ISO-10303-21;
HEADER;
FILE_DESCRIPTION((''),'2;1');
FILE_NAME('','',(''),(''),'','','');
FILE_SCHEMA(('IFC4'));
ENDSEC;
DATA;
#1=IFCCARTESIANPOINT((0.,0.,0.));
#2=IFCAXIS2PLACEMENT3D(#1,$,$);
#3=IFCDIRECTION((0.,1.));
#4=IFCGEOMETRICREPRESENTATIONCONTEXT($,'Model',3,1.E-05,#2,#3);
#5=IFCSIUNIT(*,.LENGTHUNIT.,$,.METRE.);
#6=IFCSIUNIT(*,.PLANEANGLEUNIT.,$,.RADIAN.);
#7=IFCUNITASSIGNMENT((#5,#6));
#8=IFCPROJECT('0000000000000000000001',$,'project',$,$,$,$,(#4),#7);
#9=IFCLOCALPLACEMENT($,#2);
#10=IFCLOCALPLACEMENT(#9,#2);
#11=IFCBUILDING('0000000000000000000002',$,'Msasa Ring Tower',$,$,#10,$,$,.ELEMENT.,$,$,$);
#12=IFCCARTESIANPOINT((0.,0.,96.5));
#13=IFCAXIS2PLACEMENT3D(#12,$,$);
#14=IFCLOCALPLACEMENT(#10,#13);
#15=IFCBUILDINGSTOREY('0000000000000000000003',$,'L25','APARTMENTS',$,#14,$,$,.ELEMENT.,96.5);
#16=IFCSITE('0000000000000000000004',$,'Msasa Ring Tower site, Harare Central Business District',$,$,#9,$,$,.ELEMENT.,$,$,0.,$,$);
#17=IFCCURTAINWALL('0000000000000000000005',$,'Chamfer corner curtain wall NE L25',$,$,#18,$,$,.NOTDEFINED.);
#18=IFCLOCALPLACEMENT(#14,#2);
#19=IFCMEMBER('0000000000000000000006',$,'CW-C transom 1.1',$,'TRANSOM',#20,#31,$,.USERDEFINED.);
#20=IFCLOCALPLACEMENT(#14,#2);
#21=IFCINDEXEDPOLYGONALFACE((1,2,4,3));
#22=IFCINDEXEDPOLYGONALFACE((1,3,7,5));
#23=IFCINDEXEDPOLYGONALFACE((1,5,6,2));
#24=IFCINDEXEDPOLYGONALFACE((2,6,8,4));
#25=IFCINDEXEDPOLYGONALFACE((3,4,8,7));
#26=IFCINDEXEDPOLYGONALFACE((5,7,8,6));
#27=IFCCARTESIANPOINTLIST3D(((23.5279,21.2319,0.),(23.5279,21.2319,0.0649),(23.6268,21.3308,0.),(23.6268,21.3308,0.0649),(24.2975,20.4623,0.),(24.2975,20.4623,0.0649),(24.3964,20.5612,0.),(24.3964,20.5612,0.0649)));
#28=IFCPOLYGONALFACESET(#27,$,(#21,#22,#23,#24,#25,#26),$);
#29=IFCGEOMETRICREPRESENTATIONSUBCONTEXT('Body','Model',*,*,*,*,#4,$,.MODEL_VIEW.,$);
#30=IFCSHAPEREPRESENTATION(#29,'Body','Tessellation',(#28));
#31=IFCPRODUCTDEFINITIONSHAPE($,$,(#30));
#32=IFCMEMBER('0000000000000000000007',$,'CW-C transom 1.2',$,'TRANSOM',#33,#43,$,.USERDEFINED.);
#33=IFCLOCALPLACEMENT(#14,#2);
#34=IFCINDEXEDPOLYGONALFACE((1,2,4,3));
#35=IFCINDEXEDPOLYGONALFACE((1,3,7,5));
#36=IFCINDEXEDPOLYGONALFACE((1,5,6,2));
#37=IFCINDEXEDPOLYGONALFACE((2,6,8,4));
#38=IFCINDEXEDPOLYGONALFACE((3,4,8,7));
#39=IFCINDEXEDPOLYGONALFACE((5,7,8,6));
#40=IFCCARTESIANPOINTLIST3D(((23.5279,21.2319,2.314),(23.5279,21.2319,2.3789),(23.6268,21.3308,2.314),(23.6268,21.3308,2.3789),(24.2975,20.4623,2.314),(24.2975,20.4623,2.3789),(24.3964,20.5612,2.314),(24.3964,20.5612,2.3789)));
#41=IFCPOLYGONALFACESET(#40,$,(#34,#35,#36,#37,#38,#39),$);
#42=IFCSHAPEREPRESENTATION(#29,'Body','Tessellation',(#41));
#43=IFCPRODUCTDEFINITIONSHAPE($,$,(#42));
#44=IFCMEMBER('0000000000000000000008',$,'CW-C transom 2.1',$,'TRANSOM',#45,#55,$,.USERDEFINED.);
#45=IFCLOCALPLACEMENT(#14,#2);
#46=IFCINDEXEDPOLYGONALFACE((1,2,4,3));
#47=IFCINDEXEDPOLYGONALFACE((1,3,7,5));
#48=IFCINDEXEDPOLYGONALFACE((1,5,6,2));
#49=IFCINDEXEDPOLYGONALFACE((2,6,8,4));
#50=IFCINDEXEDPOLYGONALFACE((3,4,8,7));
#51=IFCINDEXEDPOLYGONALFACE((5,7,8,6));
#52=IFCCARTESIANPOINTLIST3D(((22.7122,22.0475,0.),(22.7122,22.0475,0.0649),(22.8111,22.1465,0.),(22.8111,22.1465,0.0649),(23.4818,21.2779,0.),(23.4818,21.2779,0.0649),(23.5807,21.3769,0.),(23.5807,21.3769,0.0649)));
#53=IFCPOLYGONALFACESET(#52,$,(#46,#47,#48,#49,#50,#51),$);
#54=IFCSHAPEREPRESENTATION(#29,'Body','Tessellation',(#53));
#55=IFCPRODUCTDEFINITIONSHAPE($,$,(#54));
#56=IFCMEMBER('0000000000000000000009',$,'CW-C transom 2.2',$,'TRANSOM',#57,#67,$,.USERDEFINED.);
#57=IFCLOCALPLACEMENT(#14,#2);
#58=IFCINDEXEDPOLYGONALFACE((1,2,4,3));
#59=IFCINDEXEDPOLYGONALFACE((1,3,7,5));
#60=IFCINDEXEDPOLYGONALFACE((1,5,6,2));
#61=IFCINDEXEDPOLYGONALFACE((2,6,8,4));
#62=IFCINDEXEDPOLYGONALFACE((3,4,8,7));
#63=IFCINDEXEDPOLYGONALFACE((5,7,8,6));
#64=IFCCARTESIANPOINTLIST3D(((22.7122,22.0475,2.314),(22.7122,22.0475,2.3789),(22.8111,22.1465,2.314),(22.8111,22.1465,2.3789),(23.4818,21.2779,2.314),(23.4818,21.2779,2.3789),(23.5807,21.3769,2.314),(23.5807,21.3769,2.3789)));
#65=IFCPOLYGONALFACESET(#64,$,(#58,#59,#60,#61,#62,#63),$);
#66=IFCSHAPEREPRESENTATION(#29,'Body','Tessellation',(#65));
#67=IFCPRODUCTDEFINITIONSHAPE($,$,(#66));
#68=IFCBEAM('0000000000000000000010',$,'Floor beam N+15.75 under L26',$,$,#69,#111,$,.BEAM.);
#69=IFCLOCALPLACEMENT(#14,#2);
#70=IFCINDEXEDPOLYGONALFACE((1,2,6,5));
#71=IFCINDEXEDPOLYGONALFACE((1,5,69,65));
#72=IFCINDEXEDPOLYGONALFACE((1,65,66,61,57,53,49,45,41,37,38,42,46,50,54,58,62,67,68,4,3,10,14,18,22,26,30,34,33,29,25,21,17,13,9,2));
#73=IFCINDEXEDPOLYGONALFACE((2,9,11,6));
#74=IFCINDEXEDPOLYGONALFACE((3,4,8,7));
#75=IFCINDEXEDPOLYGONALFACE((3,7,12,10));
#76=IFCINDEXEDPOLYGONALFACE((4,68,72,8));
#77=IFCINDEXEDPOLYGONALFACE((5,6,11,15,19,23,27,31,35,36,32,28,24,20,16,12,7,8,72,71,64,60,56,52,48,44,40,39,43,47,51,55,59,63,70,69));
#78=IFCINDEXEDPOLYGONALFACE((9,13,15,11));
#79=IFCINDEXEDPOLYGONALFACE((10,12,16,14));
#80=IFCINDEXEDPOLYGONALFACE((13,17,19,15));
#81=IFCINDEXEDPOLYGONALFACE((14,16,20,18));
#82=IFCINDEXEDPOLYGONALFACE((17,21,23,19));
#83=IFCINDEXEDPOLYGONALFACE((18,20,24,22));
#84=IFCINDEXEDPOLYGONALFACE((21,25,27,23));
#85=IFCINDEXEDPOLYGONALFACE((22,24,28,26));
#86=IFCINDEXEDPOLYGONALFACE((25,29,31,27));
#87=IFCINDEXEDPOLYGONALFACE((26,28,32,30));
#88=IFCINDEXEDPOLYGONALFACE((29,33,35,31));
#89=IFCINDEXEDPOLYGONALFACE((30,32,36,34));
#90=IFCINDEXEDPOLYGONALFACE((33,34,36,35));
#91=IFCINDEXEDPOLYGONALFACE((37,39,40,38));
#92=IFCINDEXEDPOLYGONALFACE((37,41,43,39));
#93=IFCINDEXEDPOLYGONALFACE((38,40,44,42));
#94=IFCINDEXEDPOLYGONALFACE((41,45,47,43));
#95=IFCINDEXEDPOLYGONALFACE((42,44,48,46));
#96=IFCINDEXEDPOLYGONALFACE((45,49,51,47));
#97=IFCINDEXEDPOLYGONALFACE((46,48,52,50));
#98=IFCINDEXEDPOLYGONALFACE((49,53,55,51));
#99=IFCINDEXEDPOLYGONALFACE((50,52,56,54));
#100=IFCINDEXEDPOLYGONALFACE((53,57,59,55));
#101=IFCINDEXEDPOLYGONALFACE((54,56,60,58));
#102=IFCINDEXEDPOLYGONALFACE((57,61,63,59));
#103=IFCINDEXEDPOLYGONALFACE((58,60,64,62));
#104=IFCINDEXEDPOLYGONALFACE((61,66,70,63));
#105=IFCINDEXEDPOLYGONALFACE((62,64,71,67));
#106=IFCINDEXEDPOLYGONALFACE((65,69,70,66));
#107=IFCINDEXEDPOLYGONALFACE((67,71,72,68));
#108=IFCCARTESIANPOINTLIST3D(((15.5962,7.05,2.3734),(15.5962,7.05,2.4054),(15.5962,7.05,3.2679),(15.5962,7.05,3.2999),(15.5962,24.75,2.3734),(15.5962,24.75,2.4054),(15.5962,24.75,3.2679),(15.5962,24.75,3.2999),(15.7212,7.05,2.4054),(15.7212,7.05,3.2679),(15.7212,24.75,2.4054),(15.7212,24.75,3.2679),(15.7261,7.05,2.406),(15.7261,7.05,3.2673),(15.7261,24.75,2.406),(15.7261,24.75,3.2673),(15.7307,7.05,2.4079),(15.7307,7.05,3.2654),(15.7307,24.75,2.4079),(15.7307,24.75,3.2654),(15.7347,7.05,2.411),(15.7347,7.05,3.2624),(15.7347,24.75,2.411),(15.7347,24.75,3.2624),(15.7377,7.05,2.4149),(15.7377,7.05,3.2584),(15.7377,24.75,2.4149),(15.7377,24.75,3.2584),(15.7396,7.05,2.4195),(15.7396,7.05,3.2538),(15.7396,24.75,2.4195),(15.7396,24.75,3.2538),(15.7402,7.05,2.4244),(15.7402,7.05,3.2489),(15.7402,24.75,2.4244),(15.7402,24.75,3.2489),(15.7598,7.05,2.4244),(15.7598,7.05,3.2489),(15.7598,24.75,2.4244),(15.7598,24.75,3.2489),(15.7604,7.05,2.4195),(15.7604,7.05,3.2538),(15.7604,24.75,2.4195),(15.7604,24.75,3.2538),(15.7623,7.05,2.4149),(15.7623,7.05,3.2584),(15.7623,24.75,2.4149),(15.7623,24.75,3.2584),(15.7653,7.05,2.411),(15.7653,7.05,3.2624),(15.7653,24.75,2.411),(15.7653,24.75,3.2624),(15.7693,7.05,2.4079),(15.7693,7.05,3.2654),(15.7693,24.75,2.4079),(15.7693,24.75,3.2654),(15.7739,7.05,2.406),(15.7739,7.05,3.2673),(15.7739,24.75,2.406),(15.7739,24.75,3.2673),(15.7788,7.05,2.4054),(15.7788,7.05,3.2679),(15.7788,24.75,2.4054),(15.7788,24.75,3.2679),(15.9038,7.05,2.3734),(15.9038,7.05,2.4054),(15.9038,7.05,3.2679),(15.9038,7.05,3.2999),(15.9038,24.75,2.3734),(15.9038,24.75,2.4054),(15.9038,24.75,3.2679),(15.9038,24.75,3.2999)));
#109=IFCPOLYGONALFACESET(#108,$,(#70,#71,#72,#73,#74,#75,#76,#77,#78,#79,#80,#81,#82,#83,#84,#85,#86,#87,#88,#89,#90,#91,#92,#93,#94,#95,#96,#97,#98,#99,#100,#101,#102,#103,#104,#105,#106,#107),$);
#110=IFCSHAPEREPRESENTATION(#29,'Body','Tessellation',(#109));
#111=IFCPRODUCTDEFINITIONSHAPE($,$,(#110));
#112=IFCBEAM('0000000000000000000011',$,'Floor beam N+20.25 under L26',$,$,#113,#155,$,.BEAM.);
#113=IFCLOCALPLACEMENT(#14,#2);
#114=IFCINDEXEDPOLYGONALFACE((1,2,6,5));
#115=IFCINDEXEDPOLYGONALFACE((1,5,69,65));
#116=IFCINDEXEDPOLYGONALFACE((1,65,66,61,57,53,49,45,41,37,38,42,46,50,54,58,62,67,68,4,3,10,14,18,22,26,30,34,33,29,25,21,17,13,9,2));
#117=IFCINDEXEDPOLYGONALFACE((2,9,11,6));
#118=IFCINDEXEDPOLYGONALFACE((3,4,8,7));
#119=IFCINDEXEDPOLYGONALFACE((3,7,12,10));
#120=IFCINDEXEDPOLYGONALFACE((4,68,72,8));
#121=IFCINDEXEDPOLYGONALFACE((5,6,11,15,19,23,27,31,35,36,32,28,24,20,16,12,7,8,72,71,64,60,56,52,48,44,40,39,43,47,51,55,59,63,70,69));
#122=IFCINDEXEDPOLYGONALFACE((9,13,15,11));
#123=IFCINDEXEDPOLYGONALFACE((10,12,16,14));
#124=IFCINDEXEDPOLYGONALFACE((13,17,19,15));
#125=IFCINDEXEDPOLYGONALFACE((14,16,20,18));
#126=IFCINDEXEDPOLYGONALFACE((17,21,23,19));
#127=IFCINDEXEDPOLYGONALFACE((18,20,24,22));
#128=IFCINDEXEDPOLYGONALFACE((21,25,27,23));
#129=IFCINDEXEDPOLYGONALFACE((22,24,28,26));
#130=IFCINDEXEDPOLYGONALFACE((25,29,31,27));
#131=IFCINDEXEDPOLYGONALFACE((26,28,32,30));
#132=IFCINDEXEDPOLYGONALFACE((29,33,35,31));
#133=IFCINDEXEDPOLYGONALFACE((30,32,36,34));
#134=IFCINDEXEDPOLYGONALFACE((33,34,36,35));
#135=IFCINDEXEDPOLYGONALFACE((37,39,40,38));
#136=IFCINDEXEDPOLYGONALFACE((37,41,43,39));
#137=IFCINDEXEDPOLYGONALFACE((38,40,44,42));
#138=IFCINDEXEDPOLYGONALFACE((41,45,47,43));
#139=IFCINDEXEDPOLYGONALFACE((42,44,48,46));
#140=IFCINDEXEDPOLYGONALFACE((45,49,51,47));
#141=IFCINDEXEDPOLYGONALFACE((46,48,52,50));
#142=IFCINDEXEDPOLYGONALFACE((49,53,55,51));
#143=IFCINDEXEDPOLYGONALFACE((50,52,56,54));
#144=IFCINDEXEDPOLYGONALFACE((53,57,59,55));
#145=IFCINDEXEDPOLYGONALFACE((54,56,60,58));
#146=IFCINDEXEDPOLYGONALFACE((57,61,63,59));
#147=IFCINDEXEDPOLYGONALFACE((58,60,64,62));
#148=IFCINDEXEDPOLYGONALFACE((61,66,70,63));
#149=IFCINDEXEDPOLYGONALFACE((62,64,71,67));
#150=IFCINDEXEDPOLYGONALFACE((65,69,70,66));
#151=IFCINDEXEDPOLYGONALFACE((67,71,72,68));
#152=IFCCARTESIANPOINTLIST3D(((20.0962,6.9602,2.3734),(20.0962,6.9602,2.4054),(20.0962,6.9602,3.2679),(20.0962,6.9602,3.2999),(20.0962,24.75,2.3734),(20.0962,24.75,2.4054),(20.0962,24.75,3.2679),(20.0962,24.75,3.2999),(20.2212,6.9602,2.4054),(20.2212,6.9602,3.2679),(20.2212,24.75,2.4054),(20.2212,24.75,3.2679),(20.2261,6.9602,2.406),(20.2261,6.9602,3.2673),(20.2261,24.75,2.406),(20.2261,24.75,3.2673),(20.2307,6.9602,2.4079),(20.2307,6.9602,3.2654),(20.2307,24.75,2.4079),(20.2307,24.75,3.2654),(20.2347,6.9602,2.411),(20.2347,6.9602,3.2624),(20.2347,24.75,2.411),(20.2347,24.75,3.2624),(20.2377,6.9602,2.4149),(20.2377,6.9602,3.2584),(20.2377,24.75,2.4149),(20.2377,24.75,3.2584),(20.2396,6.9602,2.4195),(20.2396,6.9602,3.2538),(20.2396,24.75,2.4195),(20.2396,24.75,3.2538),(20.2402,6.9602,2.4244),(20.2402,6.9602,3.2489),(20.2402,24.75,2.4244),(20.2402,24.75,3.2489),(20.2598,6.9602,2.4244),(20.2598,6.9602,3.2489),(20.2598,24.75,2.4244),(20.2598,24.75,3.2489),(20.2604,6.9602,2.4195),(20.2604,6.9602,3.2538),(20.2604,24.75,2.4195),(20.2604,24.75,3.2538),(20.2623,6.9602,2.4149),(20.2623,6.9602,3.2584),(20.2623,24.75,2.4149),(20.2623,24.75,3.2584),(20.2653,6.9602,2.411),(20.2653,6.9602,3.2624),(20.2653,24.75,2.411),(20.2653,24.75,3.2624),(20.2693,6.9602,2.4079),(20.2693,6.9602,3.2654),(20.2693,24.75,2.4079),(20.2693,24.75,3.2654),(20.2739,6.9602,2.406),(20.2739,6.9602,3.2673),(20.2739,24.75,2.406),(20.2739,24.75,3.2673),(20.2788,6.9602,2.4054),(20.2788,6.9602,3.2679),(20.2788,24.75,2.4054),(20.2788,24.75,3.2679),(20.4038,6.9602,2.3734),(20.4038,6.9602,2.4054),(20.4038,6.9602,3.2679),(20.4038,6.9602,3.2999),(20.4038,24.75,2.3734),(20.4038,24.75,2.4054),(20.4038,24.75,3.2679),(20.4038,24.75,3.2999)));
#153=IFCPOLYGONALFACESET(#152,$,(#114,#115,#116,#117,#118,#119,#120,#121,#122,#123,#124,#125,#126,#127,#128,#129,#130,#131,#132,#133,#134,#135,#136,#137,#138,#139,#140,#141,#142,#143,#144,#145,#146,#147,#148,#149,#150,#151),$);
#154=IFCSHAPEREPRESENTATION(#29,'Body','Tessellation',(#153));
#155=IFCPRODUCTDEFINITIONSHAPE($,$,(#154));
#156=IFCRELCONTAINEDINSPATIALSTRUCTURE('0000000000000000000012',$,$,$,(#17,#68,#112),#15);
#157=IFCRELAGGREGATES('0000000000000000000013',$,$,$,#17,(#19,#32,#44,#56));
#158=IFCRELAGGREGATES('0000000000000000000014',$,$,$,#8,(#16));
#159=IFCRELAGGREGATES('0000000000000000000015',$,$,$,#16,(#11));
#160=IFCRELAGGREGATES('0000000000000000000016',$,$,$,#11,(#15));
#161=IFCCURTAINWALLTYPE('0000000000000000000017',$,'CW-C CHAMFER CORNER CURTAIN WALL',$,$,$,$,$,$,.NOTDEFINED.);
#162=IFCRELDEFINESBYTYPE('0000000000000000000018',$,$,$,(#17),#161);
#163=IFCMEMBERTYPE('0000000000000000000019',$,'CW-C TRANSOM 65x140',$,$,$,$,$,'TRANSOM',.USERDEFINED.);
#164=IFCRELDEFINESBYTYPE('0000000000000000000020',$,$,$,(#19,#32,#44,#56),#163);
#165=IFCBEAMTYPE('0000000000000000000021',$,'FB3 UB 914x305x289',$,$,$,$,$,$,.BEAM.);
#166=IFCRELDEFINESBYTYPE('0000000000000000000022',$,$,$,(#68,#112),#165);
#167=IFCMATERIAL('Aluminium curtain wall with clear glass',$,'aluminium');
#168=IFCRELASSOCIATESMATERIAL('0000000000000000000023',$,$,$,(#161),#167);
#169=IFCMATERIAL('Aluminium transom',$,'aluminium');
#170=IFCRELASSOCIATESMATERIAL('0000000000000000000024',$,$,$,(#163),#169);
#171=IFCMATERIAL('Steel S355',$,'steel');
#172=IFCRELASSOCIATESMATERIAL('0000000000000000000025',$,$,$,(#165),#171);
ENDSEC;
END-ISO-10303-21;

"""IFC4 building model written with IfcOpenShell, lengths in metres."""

from ifc_helpers import new_model, si_unit, direction, frame, origin, origin_2d, place, context, subcontext, project, spatial, rectangle, i_section, extrude, material, material_profile, profile_set, type_object, element, aggregate, save


model = new_model("IFC4")

# Units and contexts
model_context = context("Model", 3, precision=1e-05, world=origin(), true_north=direction((0.0, 1.0)))
body_context = subcontext(model_context, "Body", "Model", "MODEL_VIEW")
ifc_project = project(units=[si_unit("LENGTHUNIT", "METRE"), si_unit("PLANEANGLEUNIT", "RADIAN")], contexts=[model_context])

# Site, building, storey
site_placement = place(None, origin())
site = spatial("IfcSite", under=ifc_project, at=site_placement, Name="Msasa Ring Tower site, Harare Central Business District", CompositionType="ELEMENT", RefElevation=0.0)
building_placement = place(site_placement, origin())
building = spatial("IfcBuilding", under=site, at=building_placement, Name="Msasa Ring Tower", CompositionType="ELEMENT")
storey_placement = place(building_placement, frame((0.0, 0.0, 96.5)))
storey = spatial("IfcBuildingStorey", under=building, at=storey_placement, Name="L25", Description="APARTMENTS", CompositionType="ELEMENT", Elevation=96.5)

# Curtain wall
ifc_material_1 = material(Name="Aluminium curtain wall with clear glass", Category="aluminium")
curtain_wall_type = type_object("IfcCurtainWallType", Name="CW-C CHAMFER CORNER CURTAIN WALL", PredefinedType="NOTDEFINED", material=ifc_material_1)
curtain_wall_1_placement = place(storey_placement, origin())
curtain_wall_1 = element("IfcCurtainWall", 1, at=curtain_wall_1_placement, inside=storey, type_object=curtain_wall_type, Name="Chamfer corner curtain wall NE L25", PredefinedType="NOTDEFINED")

# Members
ifc_material_2 = material(Name="Aluminium transom", Category="aluminium")
ifc_material_profile_1 = material_profile(ifc_material_2, rectangle(XDim=0.1399, YDim=0.0649, at=origin_2d()), Name="AL 65x140")
ifc_profile_set_1 = profile_set([ifc_material_profile_1], Name="Aluminium transom")
member_type_1 = type_object("IfcMemberType", Name="CW-C TRANSOM 65x140", ElementType="TRANSOM", PredefinedType="USERDEFINED", material=ifc_profile_set_1)
member_1_placement = place(storey_placement, frame((24.3469, 20.5117, 0.0325), z_axis=(-0.707107, 0.707107, 0.0), x_axis=(-0.707107, -0.707107, 0.0)))
member_1 = element("IfcMember", 2, at=member_1_placement, type_object=member_type_1, Name="CW-C transom 1.1", ObjectType="TRANSOM", PredefinedType="USERDEFINED", context=body_context, shape_type="SweptSolid", body=[
    extrude(rectangle(XDim=0.1399, YDim=0.0649, at=origin_2d()), origin(), (0.0, 0.0, 1.0), 1.0884),
])
member_2_placement = place(storey_placement, frame((24.3469, 20.5117, 2.3464), z_axis=(-0.707107, 0.707107, 0.0), x_axis=(-0.707107, -0.707107, 0.0)))
member_2 = element("IfcMember", 3, at=member_2_placement, type_object=member_type_1, Name="CW-C transom 1.2", ObjectType="TRANSOM", PredefinedType="USERDEFINED", context=body_context, shape_type="SweptSolid", body=[
    extrude(rectangle(XDim=0.1399, YDim=0.0649, at=origin_2d()), origin(), (0.0, 0.0, 1.0), 1.0884),
])
member_3_placement = place(storey_placement, frame((23.5312, 21.3274, 0.0325), z_axis=(-0.707107, 0.707107, 0.0), x_axis=(-0.707107, -0.707107, 0.0)))
member_3 = element("IfcMember", 4, at=member_3_placement, type_object=member_type_1, Name="CW-C transom 2.1", ObjectType="TRANSOM", PredefinedType="USERDEFINED", context=body_context, shape_type="SweptSolid", body=[
    extrude(rectangle(XDim=0.1399, YDim=0.0649, at=origin_2d()), origin(), (0.0, 0.0, 1.0), 1.0884),
])
member_4_placement = place(storey_placement, frame((23.5312, 21.3274, 2.3464), z_axis=(-0.707107, 0.707107, 0.0), x_axis=(-0.707107, -0.707107, 0.0)))
member_4 = element("IfcMember", 5, at=member_4_placement, type_object=member_type_1, Name="CW-C transom 2.2", ObjectType="TRANSOM", PredefinedType="USERDEFINED", context=body_context, shape_type="SweptSolid", body=[
    extrude(rectangle(XDim=0.1399, YDim=0.0649, at=origin_2d()), origin(), (0.0, 0.0, 1.0), 1.0884),
])

# Beams
ifc_material_3 = material(Name="Steel S355", Category="steel")
ifc_material_profile_2 = material_profile(ifc_material_3, i_section(OverallWidth=0.3076, OverallDepth=0.9265, WebThickness=0.0195, FlangeThickness=0.032, FilletRadius=0.019, at=origin_2d()), Name="UB 914x305x289")
ifc_profile_set_2 = profile_set([ifc_material_profile_2], Name="Steel S355")
beam_type_1 = type_object("IfcBeamType", Name="FB3 UB 914x305x289", PredefinedType="BEAM", material=ifc_profile_set_2)
beam_1_placement = place(storey_placement, frame((15.75, 24.75, 2.8367), z_axis=(0.0, -1.0, 0.0), x_axis=(1.0, 0.0, 0.0)))
element("IfcBeam", 6, at=beam_1_placement, inside=storey, type_object=beam_type_1, Name="Floor beam N+15.75 under L26", PredefinedType="BEAM", context=body_context, shape_type="SweptSolid", body=[
    extrude(i_section(OverallWidth=0.3076, OverallDepth=0.9265, WebThickness=0.0195, FlangeThickness=0.032, FilletRadius=0.019, at=origin_2d()), origin(), (0.0, 0.0, 1.0), 17.7),
])
beam_2_placement = place(storey_placement, frame((20.25, 24.75, 2.8367), z_axis=(0.0, -1.0, 0.0), x_axis=(1.0, 0.0, 0.0)))
element("IfcBeam", 7, at=beam_2_placement, inside=storey, type_object=beam_type_1, Name="Floor beam N+20.25 under L26", PredefinedType="BEAM", context=body_context, shape_type="SweptSolid", body=[
    extrude(i_section(OverallWidth=0.3076, OverallDepth=0.9265, WebThickness=0.0195, FlangeThickness=0.032, FilletRadius=0.019, at=origin_2d()), origin(), (0.0, 0.0, 1.0), 17.7898),
])

aggregate(curtain_wall_1, [member_1, member_2, member_3, member_4])

save(model, "model.ifc")
